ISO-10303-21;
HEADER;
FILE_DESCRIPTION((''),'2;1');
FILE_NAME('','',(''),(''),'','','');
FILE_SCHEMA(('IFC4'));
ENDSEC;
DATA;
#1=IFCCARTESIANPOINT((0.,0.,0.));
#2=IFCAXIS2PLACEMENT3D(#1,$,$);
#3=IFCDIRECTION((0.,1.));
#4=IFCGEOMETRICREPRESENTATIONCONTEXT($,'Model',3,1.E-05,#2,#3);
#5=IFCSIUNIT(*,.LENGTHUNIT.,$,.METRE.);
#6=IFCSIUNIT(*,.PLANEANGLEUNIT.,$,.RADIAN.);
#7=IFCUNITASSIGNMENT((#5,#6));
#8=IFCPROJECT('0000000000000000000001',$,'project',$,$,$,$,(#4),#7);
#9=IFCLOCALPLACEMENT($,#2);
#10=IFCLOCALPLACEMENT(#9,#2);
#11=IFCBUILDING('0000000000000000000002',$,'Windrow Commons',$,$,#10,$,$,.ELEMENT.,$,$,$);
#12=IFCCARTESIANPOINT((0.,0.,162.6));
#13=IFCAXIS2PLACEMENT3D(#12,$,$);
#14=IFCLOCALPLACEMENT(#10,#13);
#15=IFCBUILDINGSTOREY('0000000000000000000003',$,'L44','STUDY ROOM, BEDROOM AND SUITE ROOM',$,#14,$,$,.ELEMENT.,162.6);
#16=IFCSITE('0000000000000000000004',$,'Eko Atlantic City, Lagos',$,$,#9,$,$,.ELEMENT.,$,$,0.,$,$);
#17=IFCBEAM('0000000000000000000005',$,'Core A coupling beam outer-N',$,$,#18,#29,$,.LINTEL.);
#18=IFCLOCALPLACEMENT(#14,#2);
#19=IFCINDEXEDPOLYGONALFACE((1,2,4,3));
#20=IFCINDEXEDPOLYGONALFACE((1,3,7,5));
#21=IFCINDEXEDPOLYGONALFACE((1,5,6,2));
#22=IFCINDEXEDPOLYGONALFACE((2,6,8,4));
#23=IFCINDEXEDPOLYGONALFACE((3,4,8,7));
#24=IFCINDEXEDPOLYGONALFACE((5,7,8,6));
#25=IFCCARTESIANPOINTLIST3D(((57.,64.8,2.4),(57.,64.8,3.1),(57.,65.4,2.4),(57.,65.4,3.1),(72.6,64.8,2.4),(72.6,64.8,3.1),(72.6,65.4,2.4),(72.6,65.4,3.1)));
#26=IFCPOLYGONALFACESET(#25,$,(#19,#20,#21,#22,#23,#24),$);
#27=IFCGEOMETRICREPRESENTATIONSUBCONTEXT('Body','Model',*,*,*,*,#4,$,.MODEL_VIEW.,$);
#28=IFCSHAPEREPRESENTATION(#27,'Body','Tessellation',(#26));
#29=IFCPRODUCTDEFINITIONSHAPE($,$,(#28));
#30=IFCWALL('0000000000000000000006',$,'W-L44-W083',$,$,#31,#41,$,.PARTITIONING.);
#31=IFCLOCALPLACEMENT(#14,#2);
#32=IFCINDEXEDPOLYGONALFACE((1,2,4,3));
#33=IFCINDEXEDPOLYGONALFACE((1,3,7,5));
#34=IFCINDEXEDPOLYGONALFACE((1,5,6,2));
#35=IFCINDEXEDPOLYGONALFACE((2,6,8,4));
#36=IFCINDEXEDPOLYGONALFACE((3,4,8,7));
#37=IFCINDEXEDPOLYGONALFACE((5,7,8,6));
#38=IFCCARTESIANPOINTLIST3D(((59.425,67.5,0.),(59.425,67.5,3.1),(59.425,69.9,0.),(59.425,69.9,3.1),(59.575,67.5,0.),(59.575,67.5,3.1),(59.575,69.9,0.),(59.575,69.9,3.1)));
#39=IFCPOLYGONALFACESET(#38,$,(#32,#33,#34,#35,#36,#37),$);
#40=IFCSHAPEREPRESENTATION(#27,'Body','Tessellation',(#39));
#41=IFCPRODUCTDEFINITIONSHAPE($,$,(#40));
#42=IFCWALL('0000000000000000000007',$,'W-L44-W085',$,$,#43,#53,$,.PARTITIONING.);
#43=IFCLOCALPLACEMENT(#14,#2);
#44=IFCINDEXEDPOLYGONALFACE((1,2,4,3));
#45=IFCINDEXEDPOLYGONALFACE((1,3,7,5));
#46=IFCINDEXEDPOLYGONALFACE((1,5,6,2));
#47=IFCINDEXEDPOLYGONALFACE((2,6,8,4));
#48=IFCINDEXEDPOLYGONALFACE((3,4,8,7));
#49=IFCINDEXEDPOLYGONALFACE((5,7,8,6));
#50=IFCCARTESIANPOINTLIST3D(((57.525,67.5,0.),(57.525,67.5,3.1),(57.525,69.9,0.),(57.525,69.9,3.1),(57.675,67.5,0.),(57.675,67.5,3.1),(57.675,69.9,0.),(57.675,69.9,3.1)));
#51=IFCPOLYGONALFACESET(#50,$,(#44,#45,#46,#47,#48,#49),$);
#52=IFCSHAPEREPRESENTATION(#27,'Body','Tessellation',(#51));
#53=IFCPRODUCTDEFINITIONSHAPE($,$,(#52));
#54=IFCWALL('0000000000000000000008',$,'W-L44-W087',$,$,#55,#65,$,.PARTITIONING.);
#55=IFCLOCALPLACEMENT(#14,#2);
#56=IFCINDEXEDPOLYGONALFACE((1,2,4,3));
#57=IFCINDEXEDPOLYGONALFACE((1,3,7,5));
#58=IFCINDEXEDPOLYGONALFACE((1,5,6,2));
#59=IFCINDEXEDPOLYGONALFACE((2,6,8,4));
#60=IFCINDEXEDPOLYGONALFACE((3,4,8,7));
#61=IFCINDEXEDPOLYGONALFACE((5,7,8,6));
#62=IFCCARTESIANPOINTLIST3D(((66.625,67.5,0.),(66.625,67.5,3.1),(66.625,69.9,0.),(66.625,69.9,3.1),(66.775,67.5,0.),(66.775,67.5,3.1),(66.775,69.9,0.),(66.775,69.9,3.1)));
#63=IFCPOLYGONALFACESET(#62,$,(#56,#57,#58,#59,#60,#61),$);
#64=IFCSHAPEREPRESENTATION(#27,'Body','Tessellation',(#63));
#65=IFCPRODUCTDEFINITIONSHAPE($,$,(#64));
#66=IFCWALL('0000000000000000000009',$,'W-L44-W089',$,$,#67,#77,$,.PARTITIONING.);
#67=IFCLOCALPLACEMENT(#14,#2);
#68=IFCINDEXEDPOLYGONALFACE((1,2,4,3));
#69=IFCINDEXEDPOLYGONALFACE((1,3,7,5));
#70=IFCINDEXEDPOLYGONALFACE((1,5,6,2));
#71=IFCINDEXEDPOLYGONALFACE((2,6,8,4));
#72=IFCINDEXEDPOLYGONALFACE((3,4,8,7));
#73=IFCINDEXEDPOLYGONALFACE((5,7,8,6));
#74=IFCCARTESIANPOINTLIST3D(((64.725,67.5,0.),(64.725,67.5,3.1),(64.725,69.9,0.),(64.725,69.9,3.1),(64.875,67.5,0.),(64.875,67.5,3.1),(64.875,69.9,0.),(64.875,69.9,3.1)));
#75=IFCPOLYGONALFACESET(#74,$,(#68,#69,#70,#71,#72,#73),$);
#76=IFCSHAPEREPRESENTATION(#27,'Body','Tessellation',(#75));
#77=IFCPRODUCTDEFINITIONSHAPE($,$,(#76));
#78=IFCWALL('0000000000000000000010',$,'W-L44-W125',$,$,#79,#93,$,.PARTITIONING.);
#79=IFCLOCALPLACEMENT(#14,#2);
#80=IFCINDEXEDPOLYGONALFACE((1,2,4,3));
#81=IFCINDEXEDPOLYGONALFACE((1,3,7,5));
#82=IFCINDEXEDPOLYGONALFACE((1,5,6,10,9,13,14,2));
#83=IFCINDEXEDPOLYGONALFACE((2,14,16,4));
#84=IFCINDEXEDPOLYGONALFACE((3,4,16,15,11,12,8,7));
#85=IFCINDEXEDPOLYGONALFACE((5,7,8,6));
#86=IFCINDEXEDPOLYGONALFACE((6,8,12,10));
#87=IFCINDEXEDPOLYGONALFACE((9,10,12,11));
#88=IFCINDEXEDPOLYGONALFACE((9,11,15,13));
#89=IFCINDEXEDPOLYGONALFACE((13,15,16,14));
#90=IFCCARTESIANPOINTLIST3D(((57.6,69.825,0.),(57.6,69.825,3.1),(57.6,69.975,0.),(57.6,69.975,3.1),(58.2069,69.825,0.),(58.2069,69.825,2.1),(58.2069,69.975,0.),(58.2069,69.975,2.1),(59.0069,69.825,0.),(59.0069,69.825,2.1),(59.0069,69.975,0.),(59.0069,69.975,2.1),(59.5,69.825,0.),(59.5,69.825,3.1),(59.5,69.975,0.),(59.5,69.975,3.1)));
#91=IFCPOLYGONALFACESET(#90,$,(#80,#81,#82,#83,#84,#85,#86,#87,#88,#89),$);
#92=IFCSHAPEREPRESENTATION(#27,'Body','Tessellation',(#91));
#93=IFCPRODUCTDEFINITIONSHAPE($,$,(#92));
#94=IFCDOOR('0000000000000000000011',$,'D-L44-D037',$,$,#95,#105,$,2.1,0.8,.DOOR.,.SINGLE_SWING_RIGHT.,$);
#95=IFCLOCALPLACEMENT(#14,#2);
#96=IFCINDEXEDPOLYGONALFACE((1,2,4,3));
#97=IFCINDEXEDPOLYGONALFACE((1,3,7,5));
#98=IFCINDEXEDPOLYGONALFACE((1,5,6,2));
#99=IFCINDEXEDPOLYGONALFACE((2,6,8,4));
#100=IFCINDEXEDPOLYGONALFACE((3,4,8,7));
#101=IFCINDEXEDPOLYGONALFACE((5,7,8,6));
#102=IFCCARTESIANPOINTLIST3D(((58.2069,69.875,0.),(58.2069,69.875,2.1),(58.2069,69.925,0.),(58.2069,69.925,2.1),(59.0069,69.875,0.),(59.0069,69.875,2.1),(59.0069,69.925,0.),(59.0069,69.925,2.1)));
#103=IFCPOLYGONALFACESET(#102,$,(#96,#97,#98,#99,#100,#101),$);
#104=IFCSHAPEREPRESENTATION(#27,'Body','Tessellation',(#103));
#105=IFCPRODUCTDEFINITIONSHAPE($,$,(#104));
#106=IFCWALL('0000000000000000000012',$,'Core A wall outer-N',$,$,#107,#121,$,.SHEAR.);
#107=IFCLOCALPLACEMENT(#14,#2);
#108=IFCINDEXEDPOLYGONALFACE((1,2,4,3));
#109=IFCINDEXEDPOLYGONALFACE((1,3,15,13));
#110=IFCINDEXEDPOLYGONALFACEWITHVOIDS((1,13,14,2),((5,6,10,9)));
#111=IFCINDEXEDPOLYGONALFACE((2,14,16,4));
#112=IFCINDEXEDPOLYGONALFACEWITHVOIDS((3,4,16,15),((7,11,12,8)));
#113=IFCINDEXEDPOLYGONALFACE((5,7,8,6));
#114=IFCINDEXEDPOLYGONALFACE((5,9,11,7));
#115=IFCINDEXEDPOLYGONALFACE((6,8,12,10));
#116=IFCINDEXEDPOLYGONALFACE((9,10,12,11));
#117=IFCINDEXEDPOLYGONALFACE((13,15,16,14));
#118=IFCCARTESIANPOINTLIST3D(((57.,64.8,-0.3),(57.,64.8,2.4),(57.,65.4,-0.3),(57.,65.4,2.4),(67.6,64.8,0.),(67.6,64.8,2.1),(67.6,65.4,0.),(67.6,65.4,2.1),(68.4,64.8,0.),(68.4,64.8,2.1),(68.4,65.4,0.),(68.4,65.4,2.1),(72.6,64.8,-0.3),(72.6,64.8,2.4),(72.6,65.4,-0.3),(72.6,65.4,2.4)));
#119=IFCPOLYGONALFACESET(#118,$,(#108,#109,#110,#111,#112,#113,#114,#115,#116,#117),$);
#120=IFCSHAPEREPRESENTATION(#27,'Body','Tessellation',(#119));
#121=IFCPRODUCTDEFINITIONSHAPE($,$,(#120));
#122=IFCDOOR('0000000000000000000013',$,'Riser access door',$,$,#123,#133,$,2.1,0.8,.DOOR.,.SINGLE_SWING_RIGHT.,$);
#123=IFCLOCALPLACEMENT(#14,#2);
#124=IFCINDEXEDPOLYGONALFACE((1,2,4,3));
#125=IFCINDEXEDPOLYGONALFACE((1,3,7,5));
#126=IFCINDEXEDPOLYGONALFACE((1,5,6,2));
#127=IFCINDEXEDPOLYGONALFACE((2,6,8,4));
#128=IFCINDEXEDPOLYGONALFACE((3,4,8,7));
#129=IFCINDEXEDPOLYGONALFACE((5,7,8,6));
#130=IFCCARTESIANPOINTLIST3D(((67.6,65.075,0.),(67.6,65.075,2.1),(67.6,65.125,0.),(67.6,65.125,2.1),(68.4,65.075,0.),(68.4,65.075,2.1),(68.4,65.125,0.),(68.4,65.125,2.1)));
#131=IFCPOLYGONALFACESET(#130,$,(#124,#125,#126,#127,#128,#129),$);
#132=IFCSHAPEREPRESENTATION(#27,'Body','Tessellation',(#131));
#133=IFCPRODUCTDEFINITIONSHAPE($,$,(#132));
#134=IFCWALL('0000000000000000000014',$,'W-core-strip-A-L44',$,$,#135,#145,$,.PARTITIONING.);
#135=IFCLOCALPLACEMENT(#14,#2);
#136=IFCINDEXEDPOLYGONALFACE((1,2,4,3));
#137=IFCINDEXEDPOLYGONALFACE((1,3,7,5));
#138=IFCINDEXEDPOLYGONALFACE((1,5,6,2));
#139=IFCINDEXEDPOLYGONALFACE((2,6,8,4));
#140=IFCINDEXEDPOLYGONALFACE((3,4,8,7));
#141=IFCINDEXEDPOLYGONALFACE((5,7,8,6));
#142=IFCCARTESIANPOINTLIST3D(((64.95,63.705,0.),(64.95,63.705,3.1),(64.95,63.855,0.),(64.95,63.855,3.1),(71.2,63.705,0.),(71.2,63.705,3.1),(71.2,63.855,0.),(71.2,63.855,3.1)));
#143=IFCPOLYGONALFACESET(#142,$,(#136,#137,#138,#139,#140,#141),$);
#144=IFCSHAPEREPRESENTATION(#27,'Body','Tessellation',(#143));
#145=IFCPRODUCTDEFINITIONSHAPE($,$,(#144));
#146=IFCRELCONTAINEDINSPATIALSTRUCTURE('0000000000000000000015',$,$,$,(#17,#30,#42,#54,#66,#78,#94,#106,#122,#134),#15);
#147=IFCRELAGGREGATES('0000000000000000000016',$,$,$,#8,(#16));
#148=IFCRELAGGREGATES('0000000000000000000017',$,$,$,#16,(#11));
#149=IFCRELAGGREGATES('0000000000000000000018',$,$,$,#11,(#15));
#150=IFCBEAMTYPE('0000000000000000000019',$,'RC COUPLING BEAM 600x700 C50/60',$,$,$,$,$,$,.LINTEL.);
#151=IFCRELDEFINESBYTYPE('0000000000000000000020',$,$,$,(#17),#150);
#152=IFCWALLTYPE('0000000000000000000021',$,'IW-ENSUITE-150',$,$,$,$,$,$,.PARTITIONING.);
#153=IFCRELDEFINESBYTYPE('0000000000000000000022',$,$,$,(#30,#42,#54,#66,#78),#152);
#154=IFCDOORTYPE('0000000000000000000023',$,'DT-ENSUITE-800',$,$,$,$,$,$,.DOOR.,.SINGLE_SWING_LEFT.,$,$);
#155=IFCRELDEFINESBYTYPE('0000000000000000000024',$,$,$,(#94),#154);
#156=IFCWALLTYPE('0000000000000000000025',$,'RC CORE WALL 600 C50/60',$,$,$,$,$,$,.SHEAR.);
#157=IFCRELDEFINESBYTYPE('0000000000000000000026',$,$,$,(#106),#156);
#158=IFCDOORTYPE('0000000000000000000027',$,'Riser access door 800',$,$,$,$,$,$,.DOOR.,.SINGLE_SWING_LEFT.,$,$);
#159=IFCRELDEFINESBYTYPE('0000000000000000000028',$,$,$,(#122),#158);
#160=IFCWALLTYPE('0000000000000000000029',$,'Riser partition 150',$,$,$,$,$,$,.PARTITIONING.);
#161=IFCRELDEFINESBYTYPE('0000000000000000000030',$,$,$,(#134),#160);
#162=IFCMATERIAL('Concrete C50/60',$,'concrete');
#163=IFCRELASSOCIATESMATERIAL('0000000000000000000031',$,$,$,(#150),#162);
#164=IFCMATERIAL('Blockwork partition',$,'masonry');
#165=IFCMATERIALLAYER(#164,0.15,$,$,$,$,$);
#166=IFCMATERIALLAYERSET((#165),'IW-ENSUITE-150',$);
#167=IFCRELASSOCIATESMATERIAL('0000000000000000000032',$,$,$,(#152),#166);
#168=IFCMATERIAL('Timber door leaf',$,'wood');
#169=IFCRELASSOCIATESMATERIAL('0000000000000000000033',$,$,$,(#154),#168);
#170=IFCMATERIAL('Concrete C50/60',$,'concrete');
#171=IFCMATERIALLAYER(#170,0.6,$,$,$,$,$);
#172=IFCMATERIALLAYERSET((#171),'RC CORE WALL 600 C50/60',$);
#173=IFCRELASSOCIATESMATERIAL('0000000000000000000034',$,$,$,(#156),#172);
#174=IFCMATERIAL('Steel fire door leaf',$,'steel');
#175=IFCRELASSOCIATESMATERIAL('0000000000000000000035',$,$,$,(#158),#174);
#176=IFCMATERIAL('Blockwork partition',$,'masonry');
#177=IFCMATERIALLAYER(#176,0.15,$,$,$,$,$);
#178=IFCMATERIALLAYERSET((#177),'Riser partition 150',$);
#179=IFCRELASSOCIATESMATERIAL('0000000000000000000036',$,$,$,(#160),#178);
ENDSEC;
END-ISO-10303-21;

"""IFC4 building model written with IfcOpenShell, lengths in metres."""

from ifc_helpers import new_model, si_unit, direction, frame, frame_2d, origin, origin_2d, place, context, subcontext, project, spatial, rectangle, extrude, material, layer, layer_set, material_profile, profile_set, type_object, element, fill, save


model = new_model("IFC4")

# Units and contexts
model_context = context("Model", 3, precision=1e-05, world=origin(), true_north=direction((0.0, 1.0)))
body_context = subcontext(model_context, "Body", "Model", "MODEL_VIEW")
ifc_project = project(units=[si_unit("LENGTHUNIT", "METRE"), si_unit("PLANEANGLEUNIT", "RADIAN")], contexts=[model_context])

# Site, building, storey
site_placement = place(None, origin())
site = spatial("IfcSite", under=ifc_project, at=site_placement, Name="Eko Atlantic City, Lagos", CompositionType="ELEMENT", RefElevation=0.0)
building_placement = place(site_placement, origin())
building = spatial("IfcBuilding", under=site, at=building_placement, Name="Windrow Commons", CompositionType="ELEMENT")
storey_placement = place(building_placement, frame((0.0, 0.0, 162.6)))
storey = spatial("IfcBuildingStorey", under=building, at=storey_placement, Name="L44", Description="STUDY ROOM, BEDROOM AND SUITE ROOM", CompositionType="ELEMENT", Elevation=162.6)

# Beam
ifc_material_1 = material(Name="Concrete C50/60", Category="concrete")
ifc_material_profile = material_profile(ifc_material_1, rectangle(XDim=0.6, YDim=0.7, at=origin_2d()))
ifc_profile_set = profile_set([ifc_material_profile], Name="Concrete C50/60")
beam_type = type_object("IfcBeamType", Name="RC COUPLING BEAM 600x700 C50/60", PredefinedType="LINTEL", material=ifc_profile_set)
beam_placement = place(storey_placement, frame((57.0, 65.1, 2.75), z_axis=(1.0, 0.0, 0.0), x_axis=(0.0, 1.0, 0.0)))
element("IfcBeam", 1, at=beam_placement, inside=storey, type_object=beam_type, Name="Core A coupling beam outer-N", PredefinedType="LINTEL", context=body_context, shape_type="SweptSolid", body=[
    extrude(rectangle(XDim=0.6, YDim=0.7, at=origin_2d()), origin(), (0.0, 0.0, 1.0), 15.6),
])

# Walls
ifc_material_2 = material(Name="Blockwork partition", Category="masonry")
ifc_layer_1 = layer(ifc_material_2, 0.15)
ifc_layer_set_1 = layer_set([ifc_layer_1], Name="IW-ENSUITE-150")
wall_type_1 = type_object("IfcWallType", Name="IW-ENSUITE-150", PredefinedType="PARTITIONING", material=ifc_layer_set_1)
for number, where, z_axis, x_axis, name in (
    (2, (59.5, 67.5, 0.0), (0.0, 0.0, 1.0), (0.0, 1.0, 0.0), "W-L44-W083"),
    (3, (57.6, 67.5, 0.0), (0.0, 0.0, 1.0), (0.0, 1.0, 0.0), "W-L44-W085"),
    (4, (66.7, 67.5, 0.0), (0.0, 0.0, 1.0), (0.0, 1.0, 0.0), "W-L44-W087"),
    (5, (64.8, 67.5, 0.0), (0.0, 0.0, 1.0), (0.0, 1.0, 0.0), "W-L44-W089"),
):
    element("IfcWall", number, at=place(storey_placement, frame(where, z_axis=z_axis, x_axis=x_axis)), inside=storey, type_object=wall_type_1, Name=name, PredefinedType="PARTITIONING", context=body_context, shape_type="SweptSolid", body=[
        extrude(rectangle(XDim=2.4, YDim=0.15, at=frame_2d((1.2, 0.0))), origin(), (0.0, 0.0, 1.0), 3.1),
    ])

# Walls, openings, doors
wall_1_placement = place(storey_placement, frame((57.6, 69.9, 0.0), z_axis=(0.0, 0.0, 1.0), x_axis=(1.0, 0.0, 0.0)))
wall_1 = element("IfcWall", 6, at=wall_1_placement, inside=storey, type_object=wall_type_1, Name="W-L44-W125", PredefinedType="PARTITIONING", context=body_context, shape_type="SweptSolid", body=[
    extrude(rectangle(XDim=1.9, YDim=0.15, at=frame_2d((0.95, 0.0))), origin(), (0.0, 0.0, 1.0), 3.1),
])
opening_1_placement = place(wall_1_placement, frame((0.6069, 0.0, 0.0)))
opening_1 = element("IfcOpeningElement", 7, at=opening_1_placement, cuts=wall_1, PredefinedType="OPENING", context=body_context, shape_type="SweptSolid", body=[
    extrude(rectangle(XDim=0.8, YDim=2.1, at=frame_2d((0.4, 1.05))), frame((0.0, 0.085, 0.0), z_axis=(0.0, -1.0, 0.0), x_axis=(1.0, 0.0, 0.0)), (0.0, 0.0, 1.0), 0.17),
])
ifc_material_3 = material(Name="Timber door leaf", Category="wood")
door_type_1 = type_object("IfcDoorType", Name="DT-ENSUITE-800", OperationType="SINGLE_SWING_LEFT", PredefinedType="DOOR", material=ifc_material_3)
door_1_placement = place(opening_1_placement, origin())
door_1 = element("IfcDoor", 8, at=door_1_placement, inside=storey, type_object=door_type_1, Name="D-L44-D037", OperationType="SINGLE_SWING_RIGHT", OverallHeight=2.1, OverallWidth=0.8, PredefinedType="DOOR", context=body_context, shape_type="SweptSolid", body=[
    extrude(rectangle(XDim=0.8, YDim=2.1, at=frame_2d((0.4, 1.05))), frame((0.0, 0.025, 0.0), z_axis=(0.0, -1.0, 0.0), x_axis=(1.0, 0.0, 0.0)), (0.0, 0.0, 1.0), 0.05),
])
fill(opening_1, door_1)
ifc_material_4 = material(Name="Concrete C50/60", Category="concrete")
ifc_layer_2 = layer(ifc_material_4, 0.6)
ifc_layer_set_2 = layer_set([ifc_layer_2], Name="RC CORE WALL 600 C50/60")
wall_type_2 = type_object("IfcWallType", Name="RC CORE WALL 600 C50/60", PredefinedType="SHEAR", material=ifc_layer_set_2)
wall_2_placement = place(storey_placement, frame((57.0, 65.1, -0.3), z_axis=(0.0, 0.0, 1.0), x_axis=(1.0, 0.0, 0.0)))
wall_2 = element("IfcWall", 9, at=wall_2_placement, inside=storey, type_object=wall_type_2, Name="Core A wall outer-N", PredefinedType="SHEAR", context=body_context, shape_type="SweptSolid", body=[
    extrude(rectangle(XDim=15.6, YDim=0.6, at=frame_2d((7.8, 0.0))), origin(), (0.0, 0.0, 1.0), 2.7),
])
opening_2_placement = place(wall_2_placement, frame((10.6, 0.0, 0.3)))
opening_2 = element("IfcOpeningElement", 10, at=opening_2_placement, cuts=wall_2, PredefinedType="OPENING", context=body_context, shape_type="SweptSolid", body=[
    extrude(rectangle(XDim=0.8, YDim=2.1, at=frame_2d((0.4, 1.05))), frame((0.0, 0.31, 0.0), z_axis=(0.0, -1.0, 0.0), x_axis=(1.0, 0.0, 0.0)), (0.0, 0.0, 1.0), 0.62),
])
ifc_material_5 = material(Name="Steel fire door leaf", Category="steel")
door_type_2 = type_object("IfcDoorType", Name="Riser access door 800", OperationType="SINGLE_SWING_LEFT", PredefinedType="DOOR", material=ifc_material_5)
door_2_placement = place(opening_2_placement, origin())
door_2 = element("IfcDoor", 11, at=door_2_placement, inside=storey, type_object=door_type_2, Name="Riser access door", OperationType="SINGLE_SWING_RIGHT", OverallHeight=2.1, OverallWidth=0.8, PredefinedType="DOOR", context=body_context, shape_type="SweptSolid", body=[
    extrude(rectangle(XDim=0.8, YDim=2.1, at=frame_2d((0.4, 1.05))), frame((0.0, 0.025, 0.0), z_axis=(0.0, -1.0, 0.0), x_axis=(1.0, 0.0, 0.0)), (0.0, 0.0, 1.0), 0.05),
])
fill(opening_2, door_2)

# Wall
ifc_material_6 = material(Name="Blockwork partition", Category="masonry")
ifc_layer_3 = layer(ifc_material_6, 0.15)
ifc_layer_set_3 = layer_set([ifc_layer_3], Name="Riser partition 150")
wall_type_3 = type_object("IfcWallType", Name="Riser partition 150", PredefinedType="PARTITIONING", material=ifc_layer_set_3)
wall_3_placement = place(storey_placement, frame((64.95, 63.78, 0.0), z_axis=(0.0, 0.0, 1.0), x_axis=(1.0, 0.0, 0.0)))
element("IfcWall", 12, at=wall_3_placement, inside=storey, type_object=wall_type_3, Name="W-core-strip-A-L44", PredefinedType="PARTITIONING", context=body_context, shape_type="SweptSolid", body=[
    extrude(rectangle(XDim=6.25, YDim=0.15, at=frame_2d((3.125, 0.0))), origin(), (0.0, 0.0, 1.0), 3.1),
])

save(model, "model.ifc")
